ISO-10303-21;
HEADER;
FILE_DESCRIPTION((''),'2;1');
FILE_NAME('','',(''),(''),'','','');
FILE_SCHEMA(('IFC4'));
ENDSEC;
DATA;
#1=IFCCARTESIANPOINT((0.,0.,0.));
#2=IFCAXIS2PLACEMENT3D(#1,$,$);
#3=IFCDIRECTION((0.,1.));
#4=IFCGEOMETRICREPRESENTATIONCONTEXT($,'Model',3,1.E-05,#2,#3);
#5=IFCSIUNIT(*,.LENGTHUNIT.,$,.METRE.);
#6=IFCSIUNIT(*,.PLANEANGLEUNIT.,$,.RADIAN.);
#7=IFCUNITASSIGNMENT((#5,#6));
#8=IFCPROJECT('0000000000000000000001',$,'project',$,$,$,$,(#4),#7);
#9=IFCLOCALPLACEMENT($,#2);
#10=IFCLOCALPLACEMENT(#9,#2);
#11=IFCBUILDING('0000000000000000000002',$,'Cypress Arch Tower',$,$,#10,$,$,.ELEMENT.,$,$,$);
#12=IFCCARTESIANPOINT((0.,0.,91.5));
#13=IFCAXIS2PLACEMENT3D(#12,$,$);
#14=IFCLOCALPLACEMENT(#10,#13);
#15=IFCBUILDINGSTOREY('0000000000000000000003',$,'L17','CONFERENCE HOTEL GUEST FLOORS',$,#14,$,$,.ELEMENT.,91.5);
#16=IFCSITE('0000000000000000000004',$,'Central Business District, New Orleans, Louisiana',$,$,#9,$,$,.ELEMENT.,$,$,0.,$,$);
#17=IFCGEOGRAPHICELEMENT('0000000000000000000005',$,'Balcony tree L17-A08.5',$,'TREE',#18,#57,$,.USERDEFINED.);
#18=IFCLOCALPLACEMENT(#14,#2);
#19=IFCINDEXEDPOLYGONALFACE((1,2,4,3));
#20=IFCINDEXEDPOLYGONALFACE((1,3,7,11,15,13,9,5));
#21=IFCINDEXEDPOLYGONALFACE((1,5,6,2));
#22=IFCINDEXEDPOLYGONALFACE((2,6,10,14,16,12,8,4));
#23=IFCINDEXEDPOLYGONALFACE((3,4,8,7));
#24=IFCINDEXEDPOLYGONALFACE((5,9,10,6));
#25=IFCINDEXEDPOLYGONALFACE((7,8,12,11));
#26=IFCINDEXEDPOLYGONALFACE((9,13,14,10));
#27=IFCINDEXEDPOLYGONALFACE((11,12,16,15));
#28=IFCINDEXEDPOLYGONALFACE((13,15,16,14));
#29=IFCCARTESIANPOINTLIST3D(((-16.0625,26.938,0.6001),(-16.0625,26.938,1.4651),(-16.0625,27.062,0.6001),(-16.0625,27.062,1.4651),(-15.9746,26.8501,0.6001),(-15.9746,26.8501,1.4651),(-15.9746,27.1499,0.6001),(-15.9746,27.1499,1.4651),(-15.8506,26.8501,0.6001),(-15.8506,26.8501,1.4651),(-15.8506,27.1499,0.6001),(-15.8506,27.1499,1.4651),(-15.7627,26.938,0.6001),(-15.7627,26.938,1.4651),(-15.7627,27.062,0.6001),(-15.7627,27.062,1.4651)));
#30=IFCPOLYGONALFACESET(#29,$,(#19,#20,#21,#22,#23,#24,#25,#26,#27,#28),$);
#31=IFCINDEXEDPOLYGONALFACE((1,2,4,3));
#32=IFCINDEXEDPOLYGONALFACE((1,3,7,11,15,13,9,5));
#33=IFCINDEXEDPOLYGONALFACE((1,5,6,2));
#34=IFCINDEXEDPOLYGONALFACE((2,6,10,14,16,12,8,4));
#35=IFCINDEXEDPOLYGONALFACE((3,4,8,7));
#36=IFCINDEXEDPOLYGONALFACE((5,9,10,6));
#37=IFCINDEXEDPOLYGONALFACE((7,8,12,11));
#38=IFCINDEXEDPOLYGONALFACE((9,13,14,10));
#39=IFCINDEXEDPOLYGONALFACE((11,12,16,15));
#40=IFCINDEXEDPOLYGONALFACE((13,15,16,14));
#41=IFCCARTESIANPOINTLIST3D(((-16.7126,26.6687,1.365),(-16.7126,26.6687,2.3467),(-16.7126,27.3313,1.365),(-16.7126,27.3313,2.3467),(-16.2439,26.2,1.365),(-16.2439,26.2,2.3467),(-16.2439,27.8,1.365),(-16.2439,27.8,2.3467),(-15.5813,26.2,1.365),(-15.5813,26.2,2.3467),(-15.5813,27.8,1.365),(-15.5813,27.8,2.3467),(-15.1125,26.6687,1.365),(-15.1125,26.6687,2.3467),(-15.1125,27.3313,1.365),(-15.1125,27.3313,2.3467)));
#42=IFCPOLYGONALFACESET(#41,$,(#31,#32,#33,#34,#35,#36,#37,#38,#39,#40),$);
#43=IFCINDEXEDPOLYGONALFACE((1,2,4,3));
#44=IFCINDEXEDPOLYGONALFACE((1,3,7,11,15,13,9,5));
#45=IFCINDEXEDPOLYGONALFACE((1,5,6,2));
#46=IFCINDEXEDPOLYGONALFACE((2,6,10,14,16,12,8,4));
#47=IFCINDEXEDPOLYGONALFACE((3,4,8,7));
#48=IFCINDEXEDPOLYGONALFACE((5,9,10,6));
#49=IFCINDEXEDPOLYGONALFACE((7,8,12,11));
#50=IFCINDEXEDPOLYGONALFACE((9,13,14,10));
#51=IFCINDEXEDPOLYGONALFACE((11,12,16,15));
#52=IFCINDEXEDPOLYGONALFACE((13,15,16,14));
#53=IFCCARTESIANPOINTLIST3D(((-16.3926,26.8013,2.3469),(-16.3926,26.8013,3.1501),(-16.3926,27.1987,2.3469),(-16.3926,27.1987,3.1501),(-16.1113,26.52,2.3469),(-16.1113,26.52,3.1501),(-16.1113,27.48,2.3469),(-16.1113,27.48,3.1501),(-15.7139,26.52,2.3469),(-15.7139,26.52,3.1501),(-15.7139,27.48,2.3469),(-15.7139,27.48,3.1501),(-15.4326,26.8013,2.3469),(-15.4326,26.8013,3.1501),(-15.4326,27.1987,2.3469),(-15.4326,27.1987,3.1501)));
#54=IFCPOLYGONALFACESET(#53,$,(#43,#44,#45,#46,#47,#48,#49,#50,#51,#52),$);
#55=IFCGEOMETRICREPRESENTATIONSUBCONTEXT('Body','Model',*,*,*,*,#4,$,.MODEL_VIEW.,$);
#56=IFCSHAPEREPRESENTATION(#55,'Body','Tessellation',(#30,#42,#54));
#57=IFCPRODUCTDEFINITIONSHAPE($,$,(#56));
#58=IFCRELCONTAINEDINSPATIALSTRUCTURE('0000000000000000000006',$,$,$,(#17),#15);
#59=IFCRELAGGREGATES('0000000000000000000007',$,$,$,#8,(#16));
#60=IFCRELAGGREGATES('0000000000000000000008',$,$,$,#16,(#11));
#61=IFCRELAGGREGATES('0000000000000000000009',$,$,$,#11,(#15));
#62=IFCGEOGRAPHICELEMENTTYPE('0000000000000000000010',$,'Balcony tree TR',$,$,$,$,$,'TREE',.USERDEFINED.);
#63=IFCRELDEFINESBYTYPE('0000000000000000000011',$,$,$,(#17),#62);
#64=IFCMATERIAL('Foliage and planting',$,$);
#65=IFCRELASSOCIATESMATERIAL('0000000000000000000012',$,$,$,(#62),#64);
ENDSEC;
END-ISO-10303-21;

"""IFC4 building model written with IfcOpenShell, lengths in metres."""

from ifc_helpers import new_model, si_unit, direction, frame, origin, place, context, subcontext, project, spatial, polyline, outline, extrude, material, type_object, element, save


model = new_model("IFC4")

# Units and contexts
model_context = context("Model", 3, precision=1e-05, world=origin(), true_north=direction((0.0, 1.0)))
body_context = subcontext(model_context, "Body", "Model", "MODEL_VIEW")
ifc_project = project(units=[si_unit("LENGTHUNIT", "METRE"), si_unit("PLANEANGLEUNIT", "RADIAN")], contexts=[model_context])

# Site, building, storey
site_placement = place(None, origin())
site = spatial("IfcSite", under=ifc_project, at=site_placement, Name="Central Business District, New Orleans, Louisiana", CompositionType="ELEMENT", RefElevation=0.0)
building_placement = place(site_placement, origin())
building = spatial("IfcBuilding", under=site, at=building_placement, Name="Cypress Arch Tower", CompositionType="ELEMENT")
storey_placement = place(building_placement, frame((0.0, 0.0, 91.5)))
storey = spatial("IfcBuildingStorey", under=building, at=storey_placement, Name="L17", Description="CONFERENCE HOTEL GUEST FLOORS", CompositionType="ELEMENT", Elevation=91.5)

# Geographic element
ifc_material_1 = material(Name="Foliage and planting")
geographic_element_type = type_object("IfcGeographicElementType", Name="Balcony tree TR", ElementType="TREE", PredefinedType="USERDEFINED", material=ifc_material_1)
geographic_element_placement = place(storey_placement, frame((-15.9126, 27.0, 0.6001), z_axis=(0.0, 0.0, 1.0), x_axis=(1.0, 0.0, 0.0)))
element("IfcGeographicElement", 1, at=geographic_element_placement, inside=storey, type_object=geographic_element_type, Name="Balcony tree L17-A08.5", ObjectType="TREE", PredefinedType="USERDEFINED", context=body_context, shape_type="SweptSolid", body=[
    extrude(outline(polyline([(0.1499, 0.062), (0.062, 0.1499), (-0.062, 0.1499), (-0.1499, 0.062), (-0.1499, -0.062), (-0.062, -0.1499), (0.062, -0.1499), (0.1499, -0.062), (0.1499, 0.062)])), origin(), (0.0, 0.0, 1.0), 0.865),
    extrude(outline(polyline([(0.8, 0.3313), (0.3313, 0.8), (-0.3313, 0.8), (-0.8, 0.3313), (-0.8, -0.3313), (-0.3313, -0.8), (0.3313, -0.8), (0.8, -0.3313), (0.8, 0.3313)])), frame((0.0, 0.0, 0.7649)), (0.0, 0.0, 1.0), 0.9817),
    extrude(outline(polyline([(0.48, 0.1987), (0.1987, 0.48), (-0.1987, 0.48), (-0.48, 0.1987), (-0.48, -0.1987), (-0.1987, -0.48), (0.1987, -0.48), (0.48, -0.1987), (0.48, 0.1987)])), frame((0.0, 0.0, 1.7468)), (0.0, 0.0, 1.0), 0.8032),
])

save(model, "model.ifc")
